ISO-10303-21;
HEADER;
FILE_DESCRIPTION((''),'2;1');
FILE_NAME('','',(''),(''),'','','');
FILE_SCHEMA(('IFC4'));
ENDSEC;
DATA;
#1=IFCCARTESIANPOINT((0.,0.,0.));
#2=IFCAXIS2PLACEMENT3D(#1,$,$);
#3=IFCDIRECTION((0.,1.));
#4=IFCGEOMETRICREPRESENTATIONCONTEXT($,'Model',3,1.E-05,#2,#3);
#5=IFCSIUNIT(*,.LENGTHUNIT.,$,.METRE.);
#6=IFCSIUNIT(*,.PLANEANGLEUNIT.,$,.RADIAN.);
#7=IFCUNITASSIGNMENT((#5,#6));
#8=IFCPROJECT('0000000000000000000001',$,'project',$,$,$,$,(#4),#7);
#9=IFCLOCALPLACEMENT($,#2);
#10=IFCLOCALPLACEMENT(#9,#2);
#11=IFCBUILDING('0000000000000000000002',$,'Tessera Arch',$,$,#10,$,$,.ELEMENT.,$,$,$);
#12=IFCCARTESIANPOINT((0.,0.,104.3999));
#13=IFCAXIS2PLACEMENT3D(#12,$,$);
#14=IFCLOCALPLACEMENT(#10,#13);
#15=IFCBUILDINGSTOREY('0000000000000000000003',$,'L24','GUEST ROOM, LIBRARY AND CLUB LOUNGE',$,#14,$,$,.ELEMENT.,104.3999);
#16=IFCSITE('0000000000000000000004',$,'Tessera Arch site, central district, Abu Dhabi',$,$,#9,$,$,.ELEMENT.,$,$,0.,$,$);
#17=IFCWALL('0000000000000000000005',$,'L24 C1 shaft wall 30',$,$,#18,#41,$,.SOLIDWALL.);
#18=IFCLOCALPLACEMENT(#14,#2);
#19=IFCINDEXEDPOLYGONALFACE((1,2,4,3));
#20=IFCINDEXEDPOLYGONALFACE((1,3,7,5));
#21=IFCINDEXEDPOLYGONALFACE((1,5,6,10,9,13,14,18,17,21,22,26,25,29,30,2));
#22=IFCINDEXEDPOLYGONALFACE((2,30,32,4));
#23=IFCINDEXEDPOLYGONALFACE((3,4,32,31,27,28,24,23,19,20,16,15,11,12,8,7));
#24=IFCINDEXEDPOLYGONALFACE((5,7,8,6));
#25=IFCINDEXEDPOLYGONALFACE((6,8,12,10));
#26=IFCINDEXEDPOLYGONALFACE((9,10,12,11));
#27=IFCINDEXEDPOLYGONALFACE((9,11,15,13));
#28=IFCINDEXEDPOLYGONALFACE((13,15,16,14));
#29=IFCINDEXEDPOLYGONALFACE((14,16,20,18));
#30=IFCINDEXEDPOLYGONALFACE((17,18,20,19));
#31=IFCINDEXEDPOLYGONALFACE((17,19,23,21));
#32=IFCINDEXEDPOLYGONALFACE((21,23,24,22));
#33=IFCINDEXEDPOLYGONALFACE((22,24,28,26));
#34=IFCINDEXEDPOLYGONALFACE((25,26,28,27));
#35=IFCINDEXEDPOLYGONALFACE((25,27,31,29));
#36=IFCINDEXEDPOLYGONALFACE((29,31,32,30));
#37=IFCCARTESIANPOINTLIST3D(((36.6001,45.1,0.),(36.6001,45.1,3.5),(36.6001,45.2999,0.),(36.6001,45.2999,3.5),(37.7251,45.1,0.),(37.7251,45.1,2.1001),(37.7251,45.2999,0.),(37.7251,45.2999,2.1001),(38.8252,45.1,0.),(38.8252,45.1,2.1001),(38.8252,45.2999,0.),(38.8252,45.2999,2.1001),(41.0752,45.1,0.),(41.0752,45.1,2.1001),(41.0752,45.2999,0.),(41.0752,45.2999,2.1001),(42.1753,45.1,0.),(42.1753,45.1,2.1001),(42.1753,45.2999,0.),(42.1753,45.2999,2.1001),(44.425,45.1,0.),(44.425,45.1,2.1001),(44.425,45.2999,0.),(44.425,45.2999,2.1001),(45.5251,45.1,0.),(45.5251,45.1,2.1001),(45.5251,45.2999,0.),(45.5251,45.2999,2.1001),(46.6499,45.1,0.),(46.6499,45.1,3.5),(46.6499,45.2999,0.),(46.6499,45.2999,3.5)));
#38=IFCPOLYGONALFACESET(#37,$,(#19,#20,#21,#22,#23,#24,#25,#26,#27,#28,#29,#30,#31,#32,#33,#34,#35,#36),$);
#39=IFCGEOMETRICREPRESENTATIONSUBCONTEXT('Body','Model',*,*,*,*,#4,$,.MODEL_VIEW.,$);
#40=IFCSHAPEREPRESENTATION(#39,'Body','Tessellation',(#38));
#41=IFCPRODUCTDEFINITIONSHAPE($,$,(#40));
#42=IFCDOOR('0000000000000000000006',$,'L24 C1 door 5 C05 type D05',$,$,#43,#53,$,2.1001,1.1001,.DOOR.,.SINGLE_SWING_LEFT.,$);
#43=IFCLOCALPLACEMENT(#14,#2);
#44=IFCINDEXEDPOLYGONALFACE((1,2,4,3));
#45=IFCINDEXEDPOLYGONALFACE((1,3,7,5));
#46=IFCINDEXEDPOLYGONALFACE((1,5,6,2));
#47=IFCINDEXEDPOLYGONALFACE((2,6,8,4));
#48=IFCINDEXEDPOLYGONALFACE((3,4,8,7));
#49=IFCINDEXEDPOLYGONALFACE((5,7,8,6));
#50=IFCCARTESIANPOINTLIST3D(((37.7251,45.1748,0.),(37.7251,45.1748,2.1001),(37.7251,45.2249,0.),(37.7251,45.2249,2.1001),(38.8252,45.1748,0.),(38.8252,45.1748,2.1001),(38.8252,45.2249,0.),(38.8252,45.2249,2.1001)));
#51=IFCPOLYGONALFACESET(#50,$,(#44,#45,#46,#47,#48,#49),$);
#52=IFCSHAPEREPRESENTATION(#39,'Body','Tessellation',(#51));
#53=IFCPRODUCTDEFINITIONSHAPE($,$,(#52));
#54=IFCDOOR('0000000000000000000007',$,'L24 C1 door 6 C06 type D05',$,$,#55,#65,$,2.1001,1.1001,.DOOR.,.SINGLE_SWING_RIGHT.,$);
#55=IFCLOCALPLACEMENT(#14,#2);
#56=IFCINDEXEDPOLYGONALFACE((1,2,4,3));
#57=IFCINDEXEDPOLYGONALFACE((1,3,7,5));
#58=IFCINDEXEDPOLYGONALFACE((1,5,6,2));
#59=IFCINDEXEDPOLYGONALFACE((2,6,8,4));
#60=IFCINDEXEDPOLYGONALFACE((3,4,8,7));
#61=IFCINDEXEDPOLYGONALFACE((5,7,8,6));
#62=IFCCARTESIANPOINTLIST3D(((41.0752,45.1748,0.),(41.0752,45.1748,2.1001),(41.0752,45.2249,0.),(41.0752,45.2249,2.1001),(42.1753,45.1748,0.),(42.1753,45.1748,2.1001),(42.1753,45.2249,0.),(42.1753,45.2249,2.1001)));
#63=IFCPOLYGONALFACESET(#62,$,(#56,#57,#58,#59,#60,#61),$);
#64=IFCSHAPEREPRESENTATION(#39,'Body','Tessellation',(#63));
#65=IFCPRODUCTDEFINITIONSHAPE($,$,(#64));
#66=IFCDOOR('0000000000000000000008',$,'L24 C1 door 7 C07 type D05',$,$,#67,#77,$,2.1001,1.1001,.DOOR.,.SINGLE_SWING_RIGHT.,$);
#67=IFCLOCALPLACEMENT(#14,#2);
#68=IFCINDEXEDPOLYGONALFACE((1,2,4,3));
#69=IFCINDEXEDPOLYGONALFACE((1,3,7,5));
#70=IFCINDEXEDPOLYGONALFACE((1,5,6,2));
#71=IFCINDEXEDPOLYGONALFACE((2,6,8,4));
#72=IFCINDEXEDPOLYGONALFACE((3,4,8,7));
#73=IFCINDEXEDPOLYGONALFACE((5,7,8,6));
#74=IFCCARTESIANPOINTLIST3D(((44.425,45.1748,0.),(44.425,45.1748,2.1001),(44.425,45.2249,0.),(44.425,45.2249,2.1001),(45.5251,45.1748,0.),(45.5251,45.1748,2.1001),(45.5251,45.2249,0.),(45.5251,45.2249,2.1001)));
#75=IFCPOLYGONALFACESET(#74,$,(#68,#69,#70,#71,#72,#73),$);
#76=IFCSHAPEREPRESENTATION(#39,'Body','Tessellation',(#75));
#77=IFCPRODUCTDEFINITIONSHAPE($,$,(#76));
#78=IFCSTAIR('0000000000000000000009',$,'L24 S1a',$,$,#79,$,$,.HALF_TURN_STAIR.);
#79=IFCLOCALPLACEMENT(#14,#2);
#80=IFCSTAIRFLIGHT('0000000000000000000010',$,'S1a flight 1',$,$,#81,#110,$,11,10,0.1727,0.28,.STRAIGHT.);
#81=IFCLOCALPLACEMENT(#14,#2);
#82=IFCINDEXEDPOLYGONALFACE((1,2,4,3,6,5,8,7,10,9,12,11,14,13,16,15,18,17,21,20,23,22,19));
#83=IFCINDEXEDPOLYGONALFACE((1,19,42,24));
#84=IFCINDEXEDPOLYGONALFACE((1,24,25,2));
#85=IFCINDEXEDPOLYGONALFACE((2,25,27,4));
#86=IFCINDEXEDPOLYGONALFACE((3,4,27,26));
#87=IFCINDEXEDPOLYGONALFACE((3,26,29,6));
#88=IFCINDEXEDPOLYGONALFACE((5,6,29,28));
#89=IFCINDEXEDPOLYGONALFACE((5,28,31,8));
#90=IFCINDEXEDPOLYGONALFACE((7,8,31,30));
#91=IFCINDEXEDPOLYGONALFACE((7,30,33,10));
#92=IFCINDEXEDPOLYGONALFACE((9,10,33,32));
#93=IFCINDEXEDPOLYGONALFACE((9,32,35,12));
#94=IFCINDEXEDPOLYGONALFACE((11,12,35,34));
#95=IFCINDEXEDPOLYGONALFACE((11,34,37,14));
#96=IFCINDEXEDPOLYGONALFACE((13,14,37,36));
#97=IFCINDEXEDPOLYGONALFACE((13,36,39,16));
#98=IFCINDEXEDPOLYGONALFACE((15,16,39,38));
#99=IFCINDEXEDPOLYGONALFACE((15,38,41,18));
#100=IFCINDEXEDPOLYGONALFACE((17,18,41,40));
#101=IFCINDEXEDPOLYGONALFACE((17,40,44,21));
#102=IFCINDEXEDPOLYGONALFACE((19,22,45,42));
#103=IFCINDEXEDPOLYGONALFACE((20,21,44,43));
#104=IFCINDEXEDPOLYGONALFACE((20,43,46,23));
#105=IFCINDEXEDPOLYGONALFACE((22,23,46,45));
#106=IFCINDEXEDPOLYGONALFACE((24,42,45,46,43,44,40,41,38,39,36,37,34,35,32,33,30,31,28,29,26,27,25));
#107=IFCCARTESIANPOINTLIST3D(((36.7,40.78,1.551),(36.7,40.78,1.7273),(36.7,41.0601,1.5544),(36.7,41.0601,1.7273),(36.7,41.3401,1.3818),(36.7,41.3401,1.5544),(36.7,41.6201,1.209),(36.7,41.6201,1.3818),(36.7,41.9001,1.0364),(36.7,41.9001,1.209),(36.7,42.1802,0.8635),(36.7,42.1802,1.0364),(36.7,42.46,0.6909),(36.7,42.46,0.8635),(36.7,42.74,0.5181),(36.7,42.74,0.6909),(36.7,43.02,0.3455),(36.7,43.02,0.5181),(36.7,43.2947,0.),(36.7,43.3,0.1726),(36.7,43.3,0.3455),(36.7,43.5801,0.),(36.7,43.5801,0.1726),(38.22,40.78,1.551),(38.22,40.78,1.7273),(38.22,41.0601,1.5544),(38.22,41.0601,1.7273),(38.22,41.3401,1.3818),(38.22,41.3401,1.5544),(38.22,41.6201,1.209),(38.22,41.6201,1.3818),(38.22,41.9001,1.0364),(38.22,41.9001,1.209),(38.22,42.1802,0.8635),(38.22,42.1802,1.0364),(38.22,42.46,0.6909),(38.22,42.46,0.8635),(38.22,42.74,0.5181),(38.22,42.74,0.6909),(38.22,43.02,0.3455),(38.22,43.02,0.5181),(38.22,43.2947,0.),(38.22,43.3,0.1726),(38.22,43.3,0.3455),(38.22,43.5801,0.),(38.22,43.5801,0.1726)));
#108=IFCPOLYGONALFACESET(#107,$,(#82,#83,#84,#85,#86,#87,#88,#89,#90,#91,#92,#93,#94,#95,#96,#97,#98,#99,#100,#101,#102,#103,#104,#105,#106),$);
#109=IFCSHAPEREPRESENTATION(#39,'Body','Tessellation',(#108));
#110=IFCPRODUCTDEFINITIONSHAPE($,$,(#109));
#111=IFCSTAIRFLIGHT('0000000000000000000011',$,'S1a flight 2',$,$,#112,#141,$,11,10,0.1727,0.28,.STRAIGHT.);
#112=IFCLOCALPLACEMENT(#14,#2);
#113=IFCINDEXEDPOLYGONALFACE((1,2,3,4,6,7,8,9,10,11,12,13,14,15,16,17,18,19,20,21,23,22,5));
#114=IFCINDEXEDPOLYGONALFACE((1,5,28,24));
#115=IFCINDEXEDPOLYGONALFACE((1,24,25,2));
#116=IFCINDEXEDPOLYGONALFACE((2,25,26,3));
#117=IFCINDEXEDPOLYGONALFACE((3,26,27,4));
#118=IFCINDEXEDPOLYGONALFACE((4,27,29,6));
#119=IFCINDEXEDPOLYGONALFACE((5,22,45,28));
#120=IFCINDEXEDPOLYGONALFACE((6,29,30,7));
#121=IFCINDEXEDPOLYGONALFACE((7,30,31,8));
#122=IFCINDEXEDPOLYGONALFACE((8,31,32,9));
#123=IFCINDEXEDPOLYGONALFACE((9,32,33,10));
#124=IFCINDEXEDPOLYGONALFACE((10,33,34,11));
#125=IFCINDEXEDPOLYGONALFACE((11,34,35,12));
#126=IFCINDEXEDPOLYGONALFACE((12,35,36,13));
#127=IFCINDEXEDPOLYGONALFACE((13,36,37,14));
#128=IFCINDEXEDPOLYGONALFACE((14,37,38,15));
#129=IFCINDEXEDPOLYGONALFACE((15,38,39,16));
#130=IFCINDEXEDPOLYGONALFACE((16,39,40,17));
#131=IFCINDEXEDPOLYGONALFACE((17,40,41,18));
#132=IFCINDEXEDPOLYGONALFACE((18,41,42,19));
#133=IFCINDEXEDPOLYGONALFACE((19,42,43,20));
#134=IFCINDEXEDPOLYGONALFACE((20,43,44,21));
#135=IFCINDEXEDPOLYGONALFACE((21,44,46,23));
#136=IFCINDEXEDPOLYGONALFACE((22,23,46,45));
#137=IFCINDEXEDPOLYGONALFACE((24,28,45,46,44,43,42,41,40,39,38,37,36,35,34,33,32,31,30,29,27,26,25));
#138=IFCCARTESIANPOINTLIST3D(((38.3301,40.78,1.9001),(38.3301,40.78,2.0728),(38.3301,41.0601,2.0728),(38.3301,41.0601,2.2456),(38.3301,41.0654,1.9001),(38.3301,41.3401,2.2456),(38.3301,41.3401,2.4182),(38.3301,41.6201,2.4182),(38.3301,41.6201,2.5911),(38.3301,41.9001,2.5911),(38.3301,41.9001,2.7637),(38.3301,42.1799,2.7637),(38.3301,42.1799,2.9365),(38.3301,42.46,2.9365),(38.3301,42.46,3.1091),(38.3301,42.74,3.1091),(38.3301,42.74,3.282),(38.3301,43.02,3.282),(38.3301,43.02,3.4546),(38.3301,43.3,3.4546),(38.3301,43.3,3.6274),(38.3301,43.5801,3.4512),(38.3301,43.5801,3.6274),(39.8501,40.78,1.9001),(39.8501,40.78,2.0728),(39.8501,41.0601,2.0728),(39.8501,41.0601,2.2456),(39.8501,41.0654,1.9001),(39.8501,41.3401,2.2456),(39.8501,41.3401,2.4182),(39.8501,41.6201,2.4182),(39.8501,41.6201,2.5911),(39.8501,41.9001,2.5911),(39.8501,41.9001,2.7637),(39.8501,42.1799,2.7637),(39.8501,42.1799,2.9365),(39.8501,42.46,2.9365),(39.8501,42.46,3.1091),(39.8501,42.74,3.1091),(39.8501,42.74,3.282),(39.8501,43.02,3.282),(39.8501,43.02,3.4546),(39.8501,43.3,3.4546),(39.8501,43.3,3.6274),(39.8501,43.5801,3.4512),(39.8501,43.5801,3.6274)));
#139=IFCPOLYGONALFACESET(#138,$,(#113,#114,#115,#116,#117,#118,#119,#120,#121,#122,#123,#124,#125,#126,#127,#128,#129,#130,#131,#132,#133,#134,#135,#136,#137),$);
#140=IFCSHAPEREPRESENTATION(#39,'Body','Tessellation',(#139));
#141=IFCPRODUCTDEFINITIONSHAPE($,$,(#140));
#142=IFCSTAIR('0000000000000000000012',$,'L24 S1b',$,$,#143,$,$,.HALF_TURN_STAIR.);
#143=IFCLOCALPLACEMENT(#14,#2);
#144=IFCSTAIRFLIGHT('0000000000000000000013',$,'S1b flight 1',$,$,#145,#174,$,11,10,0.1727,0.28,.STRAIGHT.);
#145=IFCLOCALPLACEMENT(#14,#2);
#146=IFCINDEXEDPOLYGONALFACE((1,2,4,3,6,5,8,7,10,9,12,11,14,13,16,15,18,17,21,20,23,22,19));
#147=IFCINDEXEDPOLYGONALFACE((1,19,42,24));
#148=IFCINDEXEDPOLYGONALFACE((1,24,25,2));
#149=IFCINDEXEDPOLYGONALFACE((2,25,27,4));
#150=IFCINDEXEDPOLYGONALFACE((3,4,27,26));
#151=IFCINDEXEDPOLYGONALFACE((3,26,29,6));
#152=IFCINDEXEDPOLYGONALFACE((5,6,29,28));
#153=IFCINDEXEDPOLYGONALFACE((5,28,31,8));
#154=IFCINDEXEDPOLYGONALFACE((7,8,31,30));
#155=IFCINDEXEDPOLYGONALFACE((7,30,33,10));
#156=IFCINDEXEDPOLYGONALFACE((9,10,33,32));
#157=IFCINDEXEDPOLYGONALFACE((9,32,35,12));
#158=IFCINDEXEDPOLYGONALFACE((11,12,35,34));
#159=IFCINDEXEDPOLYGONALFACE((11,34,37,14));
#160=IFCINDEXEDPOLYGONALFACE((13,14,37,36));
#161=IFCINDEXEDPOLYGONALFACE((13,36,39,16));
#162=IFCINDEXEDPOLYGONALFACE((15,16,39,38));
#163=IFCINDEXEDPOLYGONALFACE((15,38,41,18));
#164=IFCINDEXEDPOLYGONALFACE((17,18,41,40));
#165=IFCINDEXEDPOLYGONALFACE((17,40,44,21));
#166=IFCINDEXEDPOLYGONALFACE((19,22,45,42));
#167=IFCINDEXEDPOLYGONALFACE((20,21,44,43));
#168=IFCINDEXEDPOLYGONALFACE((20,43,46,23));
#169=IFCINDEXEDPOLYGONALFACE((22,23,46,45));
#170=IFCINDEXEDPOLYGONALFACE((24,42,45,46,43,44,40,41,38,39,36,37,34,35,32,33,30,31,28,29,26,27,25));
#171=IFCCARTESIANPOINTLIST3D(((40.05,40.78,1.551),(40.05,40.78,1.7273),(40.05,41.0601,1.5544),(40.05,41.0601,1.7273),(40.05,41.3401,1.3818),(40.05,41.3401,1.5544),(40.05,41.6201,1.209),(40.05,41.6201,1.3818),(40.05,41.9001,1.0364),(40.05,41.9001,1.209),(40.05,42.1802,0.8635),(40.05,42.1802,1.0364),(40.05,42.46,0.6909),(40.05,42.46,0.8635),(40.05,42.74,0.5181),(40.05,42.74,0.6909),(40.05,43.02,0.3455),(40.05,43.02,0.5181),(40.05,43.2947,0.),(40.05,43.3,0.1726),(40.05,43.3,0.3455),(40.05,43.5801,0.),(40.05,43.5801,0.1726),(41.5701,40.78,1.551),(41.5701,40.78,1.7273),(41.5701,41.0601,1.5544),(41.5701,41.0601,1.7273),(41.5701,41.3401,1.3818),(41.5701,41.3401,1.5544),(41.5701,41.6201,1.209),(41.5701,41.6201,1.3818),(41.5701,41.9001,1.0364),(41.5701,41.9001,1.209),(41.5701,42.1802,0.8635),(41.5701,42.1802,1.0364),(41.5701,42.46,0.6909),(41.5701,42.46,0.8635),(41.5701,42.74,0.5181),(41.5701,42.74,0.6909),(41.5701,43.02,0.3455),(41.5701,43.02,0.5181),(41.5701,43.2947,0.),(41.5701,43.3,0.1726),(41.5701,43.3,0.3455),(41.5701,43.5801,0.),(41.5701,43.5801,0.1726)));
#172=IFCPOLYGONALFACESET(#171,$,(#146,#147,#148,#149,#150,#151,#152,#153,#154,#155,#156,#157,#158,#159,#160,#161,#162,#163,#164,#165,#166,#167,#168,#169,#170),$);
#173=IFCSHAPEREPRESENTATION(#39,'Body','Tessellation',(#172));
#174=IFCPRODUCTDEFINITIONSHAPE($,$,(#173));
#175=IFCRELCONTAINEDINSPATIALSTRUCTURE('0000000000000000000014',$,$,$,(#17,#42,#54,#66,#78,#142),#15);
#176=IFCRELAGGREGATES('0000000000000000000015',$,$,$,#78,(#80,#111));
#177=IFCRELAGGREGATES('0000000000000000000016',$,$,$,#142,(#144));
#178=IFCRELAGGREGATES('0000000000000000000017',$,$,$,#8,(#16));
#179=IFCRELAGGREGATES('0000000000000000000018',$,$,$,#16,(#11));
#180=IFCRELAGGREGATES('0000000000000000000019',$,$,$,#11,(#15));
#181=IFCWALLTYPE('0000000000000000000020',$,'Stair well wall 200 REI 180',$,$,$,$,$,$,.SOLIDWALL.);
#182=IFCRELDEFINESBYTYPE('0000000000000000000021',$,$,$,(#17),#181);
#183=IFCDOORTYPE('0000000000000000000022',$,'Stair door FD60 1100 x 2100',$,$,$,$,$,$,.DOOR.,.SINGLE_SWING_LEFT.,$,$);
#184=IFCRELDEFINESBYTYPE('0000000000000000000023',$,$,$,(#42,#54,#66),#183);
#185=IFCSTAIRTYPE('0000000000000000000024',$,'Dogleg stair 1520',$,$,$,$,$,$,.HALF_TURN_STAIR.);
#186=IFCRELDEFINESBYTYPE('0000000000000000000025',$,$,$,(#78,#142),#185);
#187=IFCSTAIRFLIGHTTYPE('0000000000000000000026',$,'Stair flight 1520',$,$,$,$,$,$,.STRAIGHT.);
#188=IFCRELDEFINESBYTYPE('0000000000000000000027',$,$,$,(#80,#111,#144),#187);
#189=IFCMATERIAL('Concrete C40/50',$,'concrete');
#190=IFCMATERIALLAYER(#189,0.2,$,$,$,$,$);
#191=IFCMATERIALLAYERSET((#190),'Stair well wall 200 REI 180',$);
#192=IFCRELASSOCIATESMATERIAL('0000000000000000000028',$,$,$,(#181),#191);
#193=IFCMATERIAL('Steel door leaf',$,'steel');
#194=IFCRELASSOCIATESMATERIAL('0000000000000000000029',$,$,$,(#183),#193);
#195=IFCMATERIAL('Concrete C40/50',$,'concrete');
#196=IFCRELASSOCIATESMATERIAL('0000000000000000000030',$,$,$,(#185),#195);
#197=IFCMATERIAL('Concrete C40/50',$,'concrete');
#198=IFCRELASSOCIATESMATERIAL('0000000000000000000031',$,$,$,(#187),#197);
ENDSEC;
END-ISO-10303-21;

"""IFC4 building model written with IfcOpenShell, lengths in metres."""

from ifc_helpers import new_model, si_unit, direction, frame, frame_2d, origin, place, context, subcontext, project, spatial, polyline, rectangle, outline, extrude, material, layer, layer_set, type_object, element, fill, aggregate, save


model = new_model("IFC4")

# Units and contexts
model_context = context("Model", 3, precision=1e-05, world=origin(), true_north=direction((0.0, 1.0)))
body_context = subcontext(model_context, "Body", "Model", "MODEL_VIEW")
ifc_project = project(units=[si_unit("LENGTHUNIT", "METRE"), si_unit("PLANEANGLEUNIT", "RADIAN")], contexts=[model_context])

# Site, building, storey
site_placement = place(None, origin())
site = spatial("IfcSite", under=ifc_project, at=site_placement, Name="Tessera Arch site, central district, Abu Dhabi", CompositionType="ELEMENT", RefElevation=0.0)
building_placement = place(site_placement, origin())
building = spatial("IfcBuilding", under=site, at=building_placement, Name="Tessera Arch", CompositionType="ELEMENT")
storey_placement = place(building_placement, frame((0.0, 0.0, 104.3999)))
storey = spatial("IfcBuildingStorey", under=building, at=storey_placement, Name="L24", Description="GUEST ROOM, LIBRARY AND CLUB LOUNGE", CompositionType="ELEMENT", Elevation=104.3999)

# Shared definitions
ifc_material_1 = material(Name="Concrete C40/50", Category="concrete")
ifc_layer_1 = layer(ifc_material_1, 0.2)
ifc_layer_set_1 = layer_set([ifc_layer_1], Name="Stair well wall 200 REI 180")
wall_type_1 = type_object("IfcWallType", Name="Stair well wall 200 REI 180", PredefinedType="SOLIDWALL", material=ifc_layer_set_1)

# Wall, openings, doors
wall_1_placement = place(storey_placement, frame((36.6001, 45.2, 0.0), z_axis=(0.0, 0.0, 1.0), x_axis=(1.0, 0.0, 0.0)))
wall_1 = element("IfcWall", 1, at=wall_1_placement, inside=storey, type_object=wall_type_1, Name="L24 C1 shaft wall 30", PredefinedType="SOLIDWALL", context=body_context, shape_type="SweptSolid", body=[
    extrude(rectangle(XDim=10.0498, YDim=0.2, at=frame_2d((5.0249, 0.0))), origin(), (0.0, 0.0, 1.0), 3.5),
])
opening_1_placement = place(wall_1_placement, frame((1.125, 0.0, 0.0)))
opening_1 = element("IfcOpeningElement", 2, at=opening_1_placement, cuts=wall_1, PredefinedType="OPENING", context=body_context, shape_type="SweptSolid", body=[
    extrude(rectangle(XDim=1.1001, YDim=2.1001, at=frame_2d((0.55, 1.05))), frame((0.0, 0.1099, 0.0), z_axis=(0.0, -1.0, 0.0), x_axis=(1.0, 0.0, 0.0)), (0.0, 0.0, 1.0), 0.22),
])
opening_2_placement = place(wall_1_placement, frame((4.4751, 0.0, 0.0)))
opening_2 = element("IfcOpeningElement", 3, at=opening_2_placement, cuts=wall_1, PredefinedType="OPENING", context=body_context, shape_type="SweptSolid", body=[
    extrude(rectangle(XDim=1.1001, YDim=2.1001, at=frame_2d((0.55, 1.05))), frame((0.0, 0.1099, 0.0), z_axis=(0.0, -1.0, 0.0), x_axis=(1.0, 0.0, 0.0)), (0.0, 0.0, 1.0), 0.22),
])
opening_3_placement = place(wall_1_placement, frame((7.825, 0.0, 0.0)))
opening_3 = element("IfcOpeningElement", 4, at=opening_3_placement, cuts=wall_1, PredefinedType="OPENING", context=body_context, shape_type="SweptSolid", body=[
    extrude(rectangle(XDim=1.1001, YDim=2.1001, at=frame_2d((0.55, 1.05))), frame((0.0, 0.1099, 0.0), z_axis=(0.0, -1.0, 0.0), x_axis=(1.0, 0.0, 0.0)), (0.0, 0.0, 1.0), 0.22),
])
ifc_material_2 = material(Name="Steel door leaf", Category="steel")
door_type_1 = type_object("IfcDoorType", Name="Stair door FD60 1100 x 2100", OperationType="SINGLE_SWING_LEFT", PredefinedType="DOOR", material=ifc_material_2)
door_1_placement = place(opening_1_placement, origin())
door_1 = element("IfcDoor", 5, at=door_1_placement, inside=storey, type_object=door_type_1, Name="L24 C1 door 5 C05 type D05", OperationType="SINGLE_SWING_LEFT", OverallHeight=2.1001, OverallWidth=1.1001, PredefinedType="DOOR", context=body_context, shape_type="SweptSolid", body=[
    extrude(rectangle(XDim=1.1001, YDim=2.1001, at=frame_2d((0.55, 1.05))), frame((0.0, 0.0249, 0.0), z_axis=(0.0, -1.0, 0.0), x_axis=(1.0, 0.0, 0.0)), (0.0, 0.0, 1.0), 0.05),
])
fill(opening_1, door_1)
door_2_placement = place(opening_2_placement, origin())
door_2 = element("IfcDoor", 6, at=door_2_placement, inside=storey, type_object=door_type_1, Name="L24 C1 door 6 C06 type D05", OperationType="SINGLE_SWING_RIGHT", OverallHeight=2.1001, OverallWidth=1.1001, PredefinedType="DOOR", context=body_context, shape_type="SweptSolid", body=[
    extrude(rectangle(XDim=1.1001, YDim=2.1001, at=frame_2d((0.55, 1.05))), frame((0.0, 0.0249, 0.0), z_axis=(0.0, -1.0, 0.0), x_axis=(1.0, 0.0, 0.0)), (0.0, 0.0, 1.0), 0.05),
])
fill(opening_2, door_2)
door_3_placement = place(opening_3_placement, origin())
door_3 = element("IfcDoor", 7, at=door_3_placement, inside=storey, type_object=door_type_1, Name="L24 C1 door 7 C07 type D05", OperationType="SINGLE_SWING_RIGHT", OverallHeight=2.1001, OverallWidth=1.1001, PredefinedType="DOOR", context=body_context, shape_type="SweptSolid", body=[
    extrude(rectangle(XDim=1.1001, YDim=2.1001, at=frame_2d((0.55, 1.05))), frame((0.0, 0.0249, 0.0), z_axis=(0.0, -1.0, 0.0), x_axis=(1.0, 0.0, 0.0)), (0.0, 0.0, 1.0), 0.05),
])
fill(opening_3, door_3)

# Stair, stair flights
ifc_material_3 = material(Name="Concrete C40/50", Category="concrete")
stair_type = type_object("IfcStairType", Name="Dogleg stair 1520", PredefinedType="HALF_TURN_STAIR", material=ifc_material_3)
stair_1_placement = place(storey_placement, origin())
stair_1 = element("IfcStair", 8, at=stair_1_placement, inside=storey, type_object=stair_type, Name="L24 S1a", PredefinedType="HALF_TURN_STAIR")
ifc_material_4 = material(Name="Concrete C40/50", Category="concrete")
stair_flight_type = type_object("IfcStairFlightType", Name="Stair flight 1520", PredefinedType="STRAIGHT", material=ifc_material_4)
stair_flight_1_placement = place(storey_placement, frame((37.46, 43.5801, 0.0), z_axis=(0.0, 0.0, 1.0), x_axis=(0.0, -1.0, 0.0)))
stair_flight_1 = element("IfcStairFlight", 9, at=stair_flight_1_placement, type_object=stair_flight_type, Name="S1a flight 1", NumberOfRisers=11, NumberOfTreads=10, PredefinedType="STRAIGHT", RiserHeight=0.1727, TreadLength=0.28, context=body_context, shape_type="SweptSolid", body=[
    extrude(outline(polyline([(0.0, 0.0), (0.0, 0.1726), (0.28, 0.1726), (0.28, 0.3455), (0.5601, 0.3455), (0.5601, 0.5181), (0.8401, 0.5181), (0.8401, 0.6909), (1.1201, 0.6909), (1.1201, 0.8635), (1.3999, 0.8635), (1.3999, 1.0364), (1.6799, 1.0364), (1.6799, 1.209), (1.96, 1.209), (1.96, 1.3818), (2.24, 1.3818), (2.24, 1.5544), (2.52, 1.5544), (2.52, 1.7273), (2.8, 1.7273), (2.8, 1.8999), (2.8, 1.551), (0.2854, 0.0), (0.0, 0.0)])), frame((0.0, 0.76, 0.0), z_axis=(0.0, -1.0, 0.0), x_axis=(1.0, 0.0, 0.0)), (0.0, 0.0, 1.0), 1.52),
])
stair_flight_2_placement = place(storey_placement, frame((39.0901, 40.78, 1.9001), z_axis=(0.0, 0.0, 1.0), x_axis=(0.0, 1.0, 0.0)))
stair_flight_2 = element("IfcStairFlight", 10, at=stair_flight_2_placement, type_object=stair_flight_type, Name="S1a flight 2", NumberOfRisers=11, NumberOfTreads=10, PredefinedType="STRAIGHT", RiserHeight=0.1727, TreadLength=0.28, context=body_context, shape_type="SweptSolid", body=[
    extrude(outline(polyline([(0.0, 0.0), (0.0, 0.1726), (0.28, 0.1726), (0.28, 0.3455), (0.5601, 0.3455), (0.5601, 0.5181), (0.8401, 0.5181), (0.8401, 0.6909), (1.1201, 0.6909), (1.1201, 0.8635), (1.3999, 0.8635), (1.3999, 1.0364), (1.6799, 1.0364), (1.6799, 1.209), (1.96, 1.209), (1.96, 1.3818), (2.24, 1.3818), (2.24, 1.5544), (2.52, 1.5544), (2.52, 1.7273), (2.8, 1.7273), (2.8, 1.8999), (2.8, 1.551), (0.2854, 0.0), (0.0, 0.0)])), frame((0.0, 0.76, 0.0), z_axis=(0.0, -1.0, 0.0), x_axis=(1.0, 0.0, 0.0)), (0.0, 0.0, 1.0), 1.52),
])
aggregate(stair_1, [stair_flight_1, stair_flight_2])

# Stair, stair flight
stair_2_placement = place(storey_placement, origin())
stair_2 = element("IfcStair", 11, at=stair_2_placement, inside=storey, type_object=stair_type, Name="L24 S1b", PredefinedType="HALF_TURN_STAIR")
stair_flight_3_placement = place(storey_placement, frame((40.8101, 43.5801, 0.0), z_axis=(0.0, 0.0, 1.0), x_axis=(0.0, -1.0, 0.0)))
stair_flight_3 = element("IfcStairFlight", 12, at=stair_flight_3_placement, type_object=stair_flight_type, Name="S1b flight 1", NumberOfRisers=11, NumberOfTreads=10, PredefinedType="STRAIGHT", RiserHeight=0.1727, TreadLength=0.28, context=body_context, shape_type="SweptSolid", body=[
    extrude(outline(polyline([(0.0, 0.0), (0.0, 0.1726), (0.28, 0.1726), (0.28, 0.3455), (0.5601, 0.3455), (0.5601, 0.5181), (0.8401, 0.5181), (0.8401, 0.6909), (1.1201, 0.6909), (1.1201, 0.8635), (1.3999, 0.8635), (1.3999, 1.0364), (1.6799, 1.0364), (1.6799, 1.209), (1.96, 1.209), (1.96, 1.3818), (2.24, 1.3818), (2.24, 1.5544), (2.52, 1.5544), (2.52, 1.7273), (2.8, 1.7273), (2.8, 1.8999), (2.8, 1.551), (0.2854, 0.0), (0.0, 0.0)])), frame((0.0, 0.76, 0.0), z_axis=(0.0, -1.0, 0.0), x_axis=(1.0, 0.0, 0.0)), (0.0, 0.0, 1.0), 1.52),
])
aggregate(stair_2, [stair_flight_3])

save(model, "model.ifc")
